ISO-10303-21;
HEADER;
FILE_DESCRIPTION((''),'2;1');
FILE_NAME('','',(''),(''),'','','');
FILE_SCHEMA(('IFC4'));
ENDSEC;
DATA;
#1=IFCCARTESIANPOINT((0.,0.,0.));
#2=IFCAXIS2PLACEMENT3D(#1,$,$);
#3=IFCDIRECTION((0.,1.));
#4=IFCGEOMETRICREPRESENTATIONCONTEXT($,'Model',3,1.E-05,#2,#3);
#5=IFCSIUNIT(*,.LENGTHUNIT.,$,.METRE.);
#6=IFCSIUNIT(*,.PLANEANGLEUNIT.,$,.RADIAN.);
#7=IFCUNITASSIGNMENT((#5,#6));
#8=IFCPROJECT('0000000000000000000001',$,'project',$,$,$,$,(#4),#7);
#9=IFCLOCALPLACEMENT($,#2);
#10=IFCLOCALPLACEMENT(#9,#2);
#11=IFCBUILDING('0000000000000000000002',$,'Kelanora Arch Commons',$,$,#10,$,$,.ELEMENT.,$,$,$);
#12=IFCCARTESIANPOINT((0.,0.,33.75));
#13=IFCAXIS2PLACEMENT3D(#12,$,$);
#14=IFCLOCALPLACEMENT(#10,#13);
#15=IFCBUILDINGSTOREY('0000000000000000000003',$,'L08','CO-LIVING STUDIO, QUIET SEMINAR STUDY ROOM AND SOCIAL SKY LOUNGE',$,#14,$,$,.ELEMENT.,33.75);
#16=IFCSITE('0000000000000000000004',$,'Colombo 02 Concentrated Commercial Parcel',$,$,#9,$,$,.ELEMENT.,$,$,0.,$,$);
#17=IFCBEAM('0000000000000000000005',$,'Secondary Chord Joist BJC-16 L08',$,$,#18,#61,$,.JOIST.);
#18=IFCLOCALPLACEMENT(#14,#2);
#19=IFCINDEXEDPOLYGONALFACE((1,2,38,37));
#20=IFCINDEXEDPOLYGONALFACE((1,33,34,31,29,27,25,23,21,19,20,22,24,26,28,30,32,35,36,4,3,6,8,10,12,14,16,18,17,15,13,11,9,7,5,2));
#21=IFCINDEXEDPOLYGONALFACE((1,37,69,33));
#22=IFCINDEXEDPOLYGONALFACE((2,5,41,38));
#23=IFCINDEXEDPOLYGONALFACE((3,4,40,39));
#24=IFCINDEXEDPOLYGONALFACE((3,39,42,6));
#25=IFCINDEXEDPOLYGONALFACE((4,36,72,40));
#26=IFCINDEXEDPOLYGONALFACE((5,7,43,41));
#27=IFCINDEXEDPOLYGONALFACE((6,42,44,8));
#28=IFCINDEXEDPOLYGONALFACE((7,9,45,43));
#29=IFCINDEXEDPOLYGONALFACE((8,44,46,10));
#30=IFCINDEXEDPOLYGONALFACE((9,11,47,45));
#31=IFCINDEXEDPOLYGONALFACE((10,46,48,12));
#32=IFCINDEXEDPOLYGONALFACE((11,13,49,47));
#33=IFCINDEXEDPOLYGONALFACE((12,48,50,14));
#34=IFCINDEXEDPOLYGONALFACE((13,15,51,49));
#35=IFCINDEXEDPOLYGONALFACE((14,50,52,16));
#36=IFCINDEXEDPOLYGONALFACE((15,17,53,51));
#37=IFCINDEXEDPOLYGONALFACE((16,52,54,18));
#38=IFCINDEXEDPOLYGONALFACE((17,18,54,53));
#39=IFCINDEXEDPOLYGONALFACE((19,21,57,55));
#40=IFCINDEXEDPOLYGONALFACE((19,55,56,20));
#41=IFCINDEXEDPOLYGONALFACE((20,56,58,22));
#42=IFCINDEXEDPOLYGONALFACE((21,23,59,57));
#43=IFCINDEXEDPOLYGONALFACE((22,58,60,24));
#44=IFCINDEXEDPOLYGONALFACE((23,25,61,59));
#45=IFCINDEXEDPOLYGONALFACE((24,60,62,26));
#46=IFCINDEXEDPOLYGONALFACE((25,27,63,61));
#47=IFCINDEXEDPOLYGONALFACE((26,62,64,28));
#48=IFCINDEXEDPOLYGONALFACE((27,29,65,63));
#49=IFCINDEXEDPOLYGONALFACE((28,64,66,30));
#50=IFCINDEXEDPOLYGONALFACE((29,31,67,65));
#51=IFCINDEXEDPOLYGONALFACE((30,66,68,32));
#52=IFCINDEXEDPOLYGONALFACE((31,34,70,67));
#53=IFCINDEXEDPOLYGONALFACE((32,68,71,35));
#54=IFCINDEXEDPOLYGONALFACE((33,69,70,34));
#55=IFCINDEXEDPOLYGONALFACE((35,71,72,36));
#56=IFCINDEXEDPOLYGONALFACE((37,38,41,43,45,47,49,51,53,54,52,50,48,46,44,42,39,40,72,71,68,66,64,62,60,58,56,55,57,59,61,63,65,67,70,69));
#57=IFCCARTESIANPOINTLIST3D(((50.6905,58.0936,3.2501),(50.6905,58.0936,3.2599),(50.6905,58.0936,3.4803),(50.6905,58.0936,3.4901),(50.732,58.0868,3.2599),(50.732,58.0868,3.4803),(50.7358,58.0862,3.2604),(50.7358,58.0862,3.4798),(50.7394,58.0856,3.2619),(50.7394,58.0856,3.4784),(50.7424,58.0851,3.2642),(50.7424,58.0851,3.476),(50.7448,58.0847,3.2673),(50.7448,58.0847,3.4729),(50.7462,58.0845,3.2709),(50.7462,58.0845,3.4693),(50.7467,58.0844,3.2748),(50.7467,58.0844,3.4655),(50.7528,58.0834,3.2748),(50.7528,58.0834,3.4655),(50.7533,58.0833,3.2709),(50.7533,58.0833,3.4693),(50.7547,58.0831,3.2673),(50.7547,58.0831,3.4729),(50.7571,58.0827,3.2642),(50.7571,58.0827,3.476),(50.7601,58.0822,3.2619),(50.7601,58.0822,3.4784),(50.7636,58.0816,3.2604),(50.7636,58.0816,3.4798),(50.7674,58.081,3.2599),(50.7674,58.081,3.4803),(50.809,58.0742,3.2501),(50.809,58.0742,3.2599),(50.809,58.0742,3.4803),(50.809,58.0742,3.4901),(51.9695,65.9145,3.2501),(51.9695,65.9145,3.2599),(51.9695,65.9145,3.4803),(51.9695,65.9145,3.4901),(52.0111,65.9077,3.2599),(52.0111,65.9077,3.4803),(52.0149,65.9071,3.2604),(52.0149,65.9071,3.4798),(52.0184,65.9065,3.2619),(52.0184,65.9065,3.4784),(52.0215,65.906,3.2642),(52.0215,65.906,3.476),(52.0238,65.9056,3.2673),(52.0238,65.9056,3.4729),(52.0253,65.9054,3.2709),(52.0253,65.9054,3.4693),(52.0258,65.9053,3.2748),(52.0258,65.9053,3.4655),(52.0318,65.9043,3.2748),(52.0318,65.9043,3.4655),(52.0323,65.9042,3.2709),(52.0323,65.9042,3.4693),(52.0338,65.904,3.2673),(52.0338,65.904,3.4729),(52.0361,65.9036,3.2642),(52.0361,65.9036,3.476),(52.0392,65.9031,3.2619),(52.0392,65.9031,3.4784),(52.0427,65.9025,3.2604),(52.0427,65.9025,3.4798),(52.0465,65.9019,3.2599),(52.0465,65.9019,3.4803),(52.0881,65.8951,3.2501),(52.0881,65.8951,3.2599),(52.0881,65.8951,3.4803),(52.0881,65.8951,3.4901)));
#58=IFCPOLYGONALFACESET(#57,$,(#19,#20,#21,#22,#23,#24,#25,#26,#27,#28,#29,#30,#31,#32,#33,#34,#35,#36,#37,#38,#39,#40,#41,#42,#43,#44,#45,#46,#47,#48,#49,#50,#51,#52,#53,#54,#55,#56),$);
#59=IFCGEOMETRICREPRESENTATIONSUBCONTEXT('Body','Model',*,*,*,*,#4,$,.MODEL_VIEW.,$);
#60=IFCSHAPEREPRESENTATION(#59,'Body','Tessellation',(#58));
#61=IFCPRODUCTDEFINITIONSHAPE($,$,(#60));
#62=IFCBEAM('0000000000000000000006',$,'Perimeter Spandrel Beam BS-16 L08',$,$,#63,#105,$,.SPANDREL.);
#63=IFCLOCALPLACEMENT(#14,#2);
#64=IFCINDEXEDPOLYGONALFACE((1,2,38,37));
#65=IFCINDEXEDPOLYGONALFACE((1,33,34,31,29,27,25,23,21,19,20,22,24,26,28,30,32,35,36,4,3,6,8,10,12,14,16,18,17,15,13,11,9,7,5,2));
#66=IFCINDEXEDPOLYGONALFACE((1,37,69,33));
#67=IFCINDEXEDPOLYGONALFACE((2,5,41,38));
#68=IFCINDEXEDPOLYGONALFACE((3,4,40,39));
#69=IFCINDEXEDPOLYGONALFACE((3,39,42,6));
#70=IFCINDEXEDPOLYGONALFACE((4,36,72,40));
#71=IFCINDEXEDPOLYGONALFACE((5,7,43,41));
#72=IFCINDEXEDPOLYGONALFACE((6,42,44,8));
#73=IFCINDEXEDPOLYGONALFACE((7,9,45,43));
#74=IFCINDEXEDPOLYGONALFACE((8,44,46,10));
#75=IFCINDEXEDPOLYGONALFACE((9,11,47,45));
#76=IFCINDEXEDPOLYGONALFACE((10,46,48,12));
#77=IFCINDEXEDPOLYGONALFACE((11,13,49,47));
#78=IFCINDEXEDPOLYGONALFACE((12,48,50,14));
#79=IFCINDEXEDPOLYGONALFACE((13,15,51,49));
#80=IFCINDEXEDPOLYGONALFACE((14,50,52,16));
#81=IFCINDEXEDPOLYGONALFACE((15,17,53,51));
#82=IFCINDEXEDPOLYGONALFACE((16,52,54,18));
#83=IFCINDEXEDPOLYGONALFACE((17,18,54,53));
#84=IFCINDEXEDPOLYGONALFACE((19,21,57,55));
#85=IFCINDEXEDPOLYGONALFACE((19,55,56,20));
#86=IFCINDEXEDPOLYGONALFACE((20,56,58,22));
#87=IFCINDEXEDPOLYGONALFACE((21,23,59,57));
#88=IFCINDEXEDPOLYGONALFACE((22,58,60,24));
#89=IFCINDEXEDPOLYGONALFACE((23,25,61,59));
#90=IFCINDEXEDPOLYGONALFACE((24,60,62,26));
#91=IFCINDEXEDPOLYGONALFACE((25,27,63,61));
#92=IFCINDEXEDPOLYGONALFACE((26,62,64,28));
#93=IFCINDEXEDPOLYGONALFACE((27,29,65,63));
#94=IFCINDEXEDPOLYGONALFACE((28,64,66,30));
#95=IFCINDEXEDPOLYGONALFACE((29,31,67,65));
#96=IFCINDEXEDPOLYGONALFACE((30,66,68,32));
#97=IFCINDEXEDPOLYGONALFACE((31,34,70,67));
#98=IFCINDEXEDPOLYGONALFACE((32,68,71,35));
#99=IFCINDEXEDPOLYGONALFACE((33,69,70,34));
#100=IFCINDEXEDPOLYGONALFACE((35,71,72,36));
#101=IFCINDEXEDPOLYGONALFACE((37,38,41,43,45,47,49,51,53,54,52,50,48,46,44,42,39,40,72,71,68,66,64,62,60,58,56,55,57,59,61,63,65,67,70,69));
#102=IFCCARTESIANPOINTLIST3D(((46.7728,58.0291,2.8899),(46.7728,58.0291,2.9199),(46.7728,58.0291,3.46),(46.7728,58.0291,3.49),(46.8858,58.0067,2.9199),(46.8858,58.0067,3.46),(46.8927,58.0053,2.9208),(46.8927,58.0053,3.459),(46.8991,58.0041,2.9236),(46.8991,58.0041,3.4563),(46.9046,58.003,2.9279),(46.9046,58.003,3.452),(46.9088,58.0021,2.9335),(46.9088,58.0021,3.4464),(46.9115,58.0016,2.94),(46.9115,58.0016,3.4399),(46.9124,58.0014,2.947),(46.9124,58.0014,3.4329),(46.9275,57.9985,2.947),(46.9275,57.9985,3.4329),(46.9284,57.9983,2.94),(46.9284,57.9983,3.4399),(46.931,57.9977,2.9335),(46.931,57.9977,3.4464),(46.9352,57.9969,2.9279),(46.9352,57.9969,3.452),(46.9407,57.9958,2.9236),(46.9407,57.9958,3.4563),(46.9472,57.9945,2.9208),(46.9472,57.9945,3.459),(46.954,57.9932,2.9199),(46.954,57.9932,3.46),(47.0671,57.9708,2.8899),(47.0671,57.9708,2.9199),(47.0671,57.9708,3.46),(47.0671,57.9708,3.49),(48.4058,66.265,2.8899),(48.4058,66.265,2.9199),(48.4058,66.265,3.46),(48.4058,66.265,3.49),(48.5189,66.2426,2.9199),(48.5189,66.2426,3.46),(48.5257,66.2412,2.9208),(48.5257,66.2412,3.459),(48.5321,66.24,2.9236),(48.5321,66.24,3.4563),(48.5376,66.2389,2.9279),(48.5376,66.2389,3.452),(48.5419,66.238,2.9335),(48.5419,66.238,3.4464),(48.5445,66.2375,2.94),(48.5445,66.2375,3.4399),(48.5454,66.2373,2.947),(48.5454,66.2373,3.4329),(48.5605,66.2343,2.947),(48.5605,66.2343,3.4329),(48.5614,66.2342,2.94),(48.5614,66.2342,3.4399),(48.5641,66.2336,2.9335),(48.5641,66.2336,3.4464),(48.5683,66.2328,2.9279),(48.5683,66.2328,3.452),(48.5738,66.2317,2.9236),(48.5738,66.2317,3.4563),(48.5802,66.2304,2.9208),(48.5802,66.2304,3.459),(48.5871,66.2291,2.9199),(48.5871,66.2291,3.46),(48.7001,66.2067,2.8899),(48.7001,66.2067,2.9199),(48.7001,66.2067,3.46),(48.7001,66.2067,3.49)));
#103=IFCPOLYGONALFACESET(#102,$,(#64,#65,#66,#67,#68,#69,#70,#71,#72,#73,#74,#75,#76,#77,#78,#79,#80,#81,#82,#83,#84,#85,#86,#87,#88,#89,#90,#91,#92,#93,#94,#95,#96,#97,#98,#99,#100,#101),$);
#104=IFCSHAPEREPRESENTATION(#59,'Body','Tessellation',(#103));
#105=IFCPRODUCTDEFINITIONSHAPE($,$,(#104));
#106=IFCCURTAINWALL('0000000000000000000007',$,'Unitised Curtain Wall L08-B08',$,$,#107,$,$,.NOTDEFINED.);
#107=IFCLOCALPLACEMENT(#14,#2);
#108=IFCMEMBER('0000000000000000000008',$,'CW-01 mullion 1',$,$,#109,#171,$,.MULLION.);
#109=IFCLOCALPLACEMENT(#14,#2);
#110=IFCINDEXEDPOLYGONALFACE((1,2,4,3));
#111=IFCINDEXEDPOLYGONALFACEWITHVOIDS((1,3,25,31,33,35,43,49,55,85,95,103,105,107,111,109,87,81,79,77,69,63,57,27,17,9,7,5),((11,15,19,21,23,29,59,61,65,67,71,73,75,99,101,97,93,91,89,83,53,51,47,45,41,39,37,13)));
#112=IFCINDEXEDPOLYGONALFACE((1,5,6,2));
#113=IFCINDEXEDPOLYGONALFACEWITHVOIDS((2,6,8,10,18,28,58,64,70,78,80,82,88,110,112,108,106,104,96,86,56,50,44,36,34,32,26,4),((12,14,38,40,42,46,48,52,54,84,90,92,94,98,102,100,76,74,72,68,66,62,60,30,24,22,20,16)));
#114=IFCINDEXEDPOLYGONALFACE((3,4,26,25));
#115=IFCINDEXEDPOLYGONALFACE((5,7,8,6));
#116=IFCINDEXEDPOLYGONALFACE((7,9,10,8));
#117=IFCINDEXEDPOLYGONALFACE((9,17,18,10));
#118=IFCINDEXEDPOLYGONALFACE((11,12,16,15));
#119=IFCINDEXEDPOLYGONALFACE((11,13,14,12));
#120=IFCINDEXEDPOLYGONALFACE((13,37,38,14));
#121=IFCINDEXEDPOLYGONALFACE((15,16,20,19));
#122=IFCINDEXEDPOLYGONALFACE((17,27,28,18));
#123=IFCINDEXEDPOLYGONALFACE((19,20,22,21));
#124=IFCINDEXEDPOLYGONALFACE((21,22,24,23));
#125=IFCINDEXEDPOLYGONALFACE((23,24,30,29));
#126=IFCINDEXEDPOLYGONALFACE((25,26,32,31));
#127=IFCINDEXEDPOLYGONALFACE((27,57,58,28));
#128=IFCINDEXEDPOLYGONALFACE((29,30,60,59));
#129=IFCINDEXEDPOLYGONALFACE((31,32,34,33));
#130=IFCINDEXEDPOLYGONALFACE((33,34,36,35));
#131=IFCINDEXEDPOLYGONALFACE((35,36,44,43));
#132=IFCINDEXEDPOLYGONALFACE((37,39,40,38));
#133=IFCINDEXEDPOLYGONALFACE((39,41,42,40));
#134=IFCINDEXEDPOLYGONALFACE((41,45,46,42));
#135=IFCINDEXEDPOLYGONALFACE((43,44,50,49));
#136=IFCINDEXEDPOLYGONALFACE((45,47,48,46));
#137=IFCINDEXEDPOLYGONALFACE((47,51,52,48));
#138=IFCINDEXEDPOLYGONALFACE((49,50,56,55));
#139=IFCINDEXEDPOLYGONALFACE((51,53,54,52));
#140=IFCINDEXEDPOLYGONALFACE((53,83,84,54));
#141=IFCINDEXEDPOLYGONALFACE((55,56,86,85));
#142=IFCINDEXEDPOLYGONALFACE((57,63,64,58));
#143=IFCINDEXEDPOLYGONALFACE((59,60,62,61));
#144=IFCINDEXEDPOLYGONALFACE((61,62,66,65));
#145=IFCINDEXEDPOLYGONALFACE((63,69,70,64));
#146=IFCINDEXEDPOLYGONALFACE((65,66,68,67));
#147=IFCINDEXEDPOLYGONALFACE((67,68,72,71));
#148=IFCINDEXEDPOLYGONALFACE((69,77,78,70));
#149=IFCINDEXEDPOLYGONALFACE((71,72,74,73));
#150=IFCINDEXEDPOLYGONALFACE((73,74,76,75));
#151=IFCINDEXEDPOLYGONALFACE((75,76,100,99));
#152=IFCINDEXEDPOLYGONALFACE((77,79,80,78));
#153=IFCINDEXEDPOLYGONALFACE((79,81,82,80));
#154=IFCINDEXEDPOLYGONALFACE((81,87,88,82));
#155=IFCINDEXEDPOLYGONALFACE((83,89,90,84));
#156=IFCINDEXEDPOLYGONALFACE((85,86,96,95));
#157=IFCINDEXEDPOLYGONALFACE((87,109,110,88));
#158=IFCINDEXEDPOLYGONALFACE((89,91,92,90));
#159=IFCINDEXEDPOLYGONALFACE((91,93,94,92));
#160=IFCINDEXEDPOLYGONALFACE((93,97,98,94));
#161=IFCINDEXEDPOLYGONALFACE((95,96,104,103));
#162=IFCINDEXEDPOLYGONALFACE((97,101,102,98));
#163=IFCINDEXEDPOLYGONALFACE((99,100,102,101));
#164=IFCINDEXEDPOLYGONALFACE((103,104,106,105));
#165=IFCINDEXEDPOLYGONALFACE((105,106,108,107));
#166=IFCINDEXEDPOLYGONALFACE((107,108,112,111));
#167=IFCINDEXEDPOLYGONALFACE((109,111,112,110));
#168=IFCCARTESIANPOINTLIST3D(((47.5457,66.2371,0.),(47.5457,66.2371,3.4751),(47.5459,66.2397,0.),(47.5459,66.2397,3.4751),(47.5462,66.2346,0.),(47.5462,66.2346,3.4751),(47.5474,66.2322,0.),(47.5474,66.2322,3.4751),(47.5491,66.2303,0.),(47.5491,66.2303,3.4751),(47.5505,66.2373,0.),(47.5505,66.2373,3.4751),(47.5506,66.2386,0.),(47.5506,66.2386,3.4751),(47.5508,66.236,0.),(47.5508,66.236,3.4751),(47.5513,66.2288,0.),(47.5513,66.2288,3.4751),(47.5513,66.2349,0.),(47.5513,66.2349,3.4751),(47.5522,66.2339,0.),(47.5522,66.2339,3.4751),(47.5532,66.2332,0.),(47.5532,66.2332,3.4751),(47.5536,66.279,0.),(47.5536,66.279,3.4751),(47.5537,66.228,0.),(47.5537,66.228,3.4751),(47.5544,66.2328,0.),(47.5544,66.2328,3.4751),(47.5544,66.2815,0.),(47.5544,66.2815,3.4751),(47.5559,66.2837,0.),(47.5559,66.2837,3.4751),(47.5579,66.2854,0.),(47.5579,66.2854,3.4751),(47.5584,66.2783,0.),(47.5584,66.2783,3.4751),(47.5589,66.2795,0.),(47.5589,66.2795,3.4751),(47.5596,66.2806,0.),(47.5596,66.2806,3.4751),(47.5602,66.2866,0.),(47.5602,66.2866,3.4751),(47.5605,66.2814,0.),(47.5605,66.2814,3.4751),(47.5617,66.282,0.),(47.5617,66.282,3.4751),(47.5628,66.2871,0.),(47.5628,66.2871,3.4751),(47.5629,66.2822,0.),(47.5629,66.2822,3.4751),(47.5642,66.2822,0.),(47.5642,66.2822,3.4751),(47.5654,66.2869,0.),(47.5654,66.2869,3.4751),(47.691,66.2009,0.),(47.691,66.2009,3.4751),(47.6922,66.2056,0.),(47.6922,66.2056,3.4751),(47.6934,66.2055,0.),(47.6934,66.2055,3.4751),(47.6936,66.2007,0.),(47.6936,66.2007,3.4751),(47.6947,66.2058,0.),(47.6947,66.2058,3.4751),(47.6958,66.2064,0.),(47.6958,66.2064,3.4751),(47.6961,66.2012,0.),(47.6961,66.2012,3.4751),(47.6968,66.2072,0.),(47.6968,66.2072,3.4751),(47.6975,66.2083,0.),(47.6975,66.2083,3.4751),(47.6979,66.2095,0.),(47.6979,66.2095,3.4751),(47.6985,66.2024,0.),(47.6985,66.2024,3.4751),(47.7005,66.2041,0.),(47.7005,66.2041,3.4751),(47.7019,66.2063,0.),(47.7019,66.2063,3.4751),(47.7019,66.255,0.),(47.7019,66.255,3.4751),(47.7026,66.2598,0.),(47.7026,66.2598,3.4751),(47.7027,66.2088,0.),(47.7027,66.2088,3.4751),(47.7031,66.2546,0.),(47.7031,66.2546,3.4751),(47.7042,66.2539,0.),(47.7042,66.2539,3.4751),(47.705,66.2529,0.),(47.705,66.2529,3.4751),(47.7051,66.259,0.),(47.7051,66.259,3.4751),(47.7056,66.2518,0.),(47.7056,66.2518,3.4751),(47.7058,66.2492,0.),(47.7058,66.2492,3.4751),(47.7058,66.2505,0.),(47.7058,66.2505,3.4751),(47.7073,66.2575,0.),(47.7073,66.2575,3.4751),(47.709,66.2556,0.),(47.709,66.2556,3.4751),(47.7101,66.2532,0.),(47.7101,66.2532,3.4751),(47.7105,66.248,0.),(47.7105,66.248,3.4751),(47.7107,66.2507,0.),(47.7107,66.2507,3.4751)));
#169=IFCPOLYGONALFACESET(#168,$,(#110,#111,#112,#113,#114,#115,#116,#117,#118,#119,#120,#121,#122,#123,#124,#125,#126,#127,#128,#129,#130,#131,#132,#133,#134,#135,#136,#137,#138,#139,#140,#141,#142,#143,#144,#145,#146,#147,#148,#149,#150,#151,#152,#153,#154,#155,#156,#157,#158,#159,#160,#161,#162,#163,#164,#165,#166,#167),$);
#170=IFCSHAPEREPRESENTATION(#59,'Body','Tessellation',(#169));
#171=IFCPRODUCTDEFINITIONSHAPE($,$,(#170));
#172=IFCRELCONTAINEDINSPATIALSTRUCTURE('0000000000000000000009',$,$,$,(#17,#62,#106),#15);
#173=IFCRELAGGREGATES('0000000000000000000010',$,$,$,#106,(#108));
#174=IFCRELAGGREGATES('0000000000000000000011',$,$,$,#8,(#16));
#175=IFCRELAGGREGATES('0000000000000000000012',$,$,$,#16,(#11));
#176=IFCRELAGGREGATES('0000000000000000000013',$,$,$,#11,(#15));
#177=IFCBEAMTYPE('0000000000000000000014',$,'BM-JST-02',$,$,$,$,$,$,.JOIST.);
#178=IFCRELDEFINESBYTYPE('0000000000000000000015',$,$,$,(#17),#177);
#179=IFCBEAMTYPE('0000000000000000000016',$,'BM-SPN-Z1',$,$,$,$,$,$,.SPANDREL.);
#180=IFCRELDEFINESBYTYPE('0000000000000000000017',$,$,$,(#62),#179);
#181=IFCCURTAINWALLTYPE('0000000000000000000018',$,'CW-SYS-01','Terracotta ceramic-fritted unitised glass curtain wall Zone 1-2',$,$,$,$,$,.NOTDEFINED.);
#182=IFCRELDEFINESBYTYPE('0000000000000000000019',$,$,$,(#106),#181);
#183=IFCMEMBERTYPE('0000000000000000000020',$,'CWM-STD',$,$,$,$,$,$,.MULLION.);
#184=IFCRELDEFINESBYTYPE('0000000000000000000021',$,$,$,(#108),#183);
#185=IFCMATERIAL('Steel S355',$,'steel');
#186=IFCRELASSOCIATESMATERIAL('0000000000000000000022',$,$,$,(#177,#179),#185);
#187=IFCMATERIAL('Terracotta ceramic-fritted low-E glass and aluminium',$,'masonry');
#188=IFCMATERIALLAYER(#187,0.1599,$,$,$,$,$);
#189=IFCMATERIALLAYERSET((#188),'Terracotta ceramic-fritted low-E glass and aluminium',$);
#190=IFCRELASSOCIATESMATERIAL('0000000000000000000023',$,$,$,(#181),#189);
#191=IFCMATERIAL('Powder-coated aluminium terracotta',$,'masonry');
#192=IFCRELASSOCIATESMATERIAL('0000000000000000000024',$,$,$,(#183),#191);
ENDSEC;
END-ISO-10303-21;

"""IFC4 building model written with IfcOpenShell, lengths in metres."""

from ifc_helpers import new_model, si_unit, direction, frame, origin, origin_2d, place, context, subcontext, project, spatial, hollow_rectangle, i_section, extrude, material, layer, layer_set, material_profile, profile_set, type_object, element, aggregate, save


model = new_model("IFC4")

# Units and contexts
model_context = context("Model", 3, precision=1e-05, world=origin(), true_north=direction((0.0, 1.0)))
body_context = subcontext(model_context, "Body", "Model", "MODEL_VIEW")
ifc_project = project(units=[si_unit("LENGTHUNIT", "METRE"), si_unit("PLANEANGLEUNIT", "RADIAN")], contexts=[model_context])

# Site, building, storey
site_placement = place(None, origin())
site = spatial("IfcSite", under=ifc_project, at=site_placement, Name="Colombo 02 Concentrated Commercial Parcel", CompositionType="ELEMENT", RefElevation=0.0)
building_placement = place(site_placement, origin())
building = spatial("IfcBuilding", under=site, at=building_placement, Name="Kelanora Arch Commons", CompositionType="ELEMENT")
storey_placement = place(building_placement, frame((0.0, 0.0, 33.75)))
storey = spatial("IfcBuildingStorey", under=building, at=storey_placement, Name="L08", Description="CO-LIVING STUDIO, QUIET SEMINAR STUDY ROOM AND SOCIAL SKY LOUNGE", CompositionType="ELEMENT", Elevation=33.75)

# Beams
ifc_material_1 = material(Name="Steel S355", Category="steel")
ifc_material_profile_1 = material_profile(ifc_material_1, i_section(OverallWidth=0.1201, OverallDepth=0.24, WebThickness=0.0061, FlangeThickness=0.0098, FilletRadius=0.0149, at=origin_2d()), Name="IPE240")
ifc_profile_set_1 = profile_set([ifc_material_profile_1], Name="Steel S355")
beam_type_1 = type_object("IfcBeamType", Name="BM-JST-02", PredefinedType="JOIST", material=ifc_profile_set_1)
beam_1_placement = place(storey_placement, frame((52.0288, 65.9048, 3.3701), z_axis=(-0.161401, -0.986889, 0.0), x_axis=(0.986889, -0.161401, 0.0)))
element("IfcBeam", 1, at=beam_1_placement, inside=storey, type_object=beam_type_1, Name="Secondary Chord Joist BJC-16 L08", PredefinedType="JOIST", context=body_context, shape_type="SweptSolid", body=[
    extrude(i_section(OverallWidth=0.1201, OverallDepth=0.24, WebThickness=0.0061, FlangeThickness=0.0098, FilletRadius=0.0149, at=origin_2d()), origin(), (0.0, 0.0, 1.0), 7.9248),
])
ifc_material_profile_2 = material_profile(ifc_material_1, i_section(OverallWidth=0.3, OverallDepth=0.6001, WebThickness=0.0154, FlangeThickness=0.03, FilletRadius=0.0271, at=origin_2d()), Name="HEB600")
ifc_profile_set_2 = profile_set([ifc_material_profile_2], Name="Steel S355")
beam_type_2 = type_object("IfcBeamType", Name="BM-SPN-Z1", PredefinedType="SPANDREL", material=ifc_profile_set_2)
beam_2_placement = place(storey_placement, frame((48.553, 66.2358, 3.1899), z_axis=(-0.1945, -0.980903, 0.0), x_axis=(0.980903, -0.1945, 0.0)))
element("IfcBeam", 2, at=beam_2_placement, inside=storey, type_object=beam_type_2, Name="Perimeter Spandrel Beam BS-16 L08", PredefinedType="SPANDREL", context=body_context, shape_type="SweptSolid", body=[
    extrude(i_section(OverallWidth=0.3, OverallDepth=0.6001, WebThickness=0.0154, FlangeThickness=0.03, FilletRadius=0.0271, at=origin_2d()), origin(), (0.0, 0.0, 1.0), 8.3962),
])

# Curtain wall, member
ifc_material_2 = material(Name="Terracotta ceramic-fritted low-E glass and aluminium", Category="masonry")
ifc_layer_1 = layer(ifc_material_2, 0.1599)
ifc_layer_set_1 = layer_set([ifc_layer_1], Name="Terracotta ceramic-fritted low-E glass and aluminium")
curtain_wall_type = type_object("IfcCurtainWallType", Name="CW-SYS-01", Description="Terracotta ceramic-fritted unitised glass curtain wall Zone 1-2", PredefinedType="NOTDEFINED", material=ifc_layer_set_1)
curtain_wall_placement = place(storey_placement, origin())
curtain_wall = element("IfcCurtainWall", 3, at=curtain_wall_placement, inside=storey, type_object=curtain_wall_type, Name="Unitised Curtain Wall L08-B08", PredefinedType="NOTDEFINED")
ifc_material_3 = material(Name="Powder-coated aluminium terracotta", Category="masonry")
ifc_material_profile_3 = material_profile(ifc_material_3, hollow_rectangle(XDim=0.1599, YDim=0.0601, WallThickness=0.0049, InnerFilletRadius=0.0049, OuterFilletRadius=0.01, at=origin_2d()), Name="CWM160x60")
ifc_profile_set_3 = profile_set([ifc_material_profile_3], Name="Powder-coated aluminium terracotta")
member_type_1 = type_object("IfcMemberType", Name="CWM-STD", PredefinedType="MULLION", material=ifc_profile_set_3)
member_1_placement = place(storey_placement, frame((47.6282, 66.2439, 0.0), z_axis=(0.0, 0.0, 1.0), x_axis=(0.981052, -0.193744, 0.0)))
member_1 = element("IfcMember", 4, at=member_1_placement, type_object=member_type_1, Name="CW-01 mullion 1", PredefinedType="MULLION", context=body_context, shape_type="SweptSolid", body=[
    extrude(hollow_rectangle(XDim=0.1599, YDim=0.0601, WallThickness=0.0049, InnerFilletRadius=0.0049, OuterFilletRadius=0.01, at=origin_2d()), origin(), (0.0, 0.0, 1.0), 3.4751),
])
aggregate(curtain_wall, [member_1])

save(model, "model.ifc")
